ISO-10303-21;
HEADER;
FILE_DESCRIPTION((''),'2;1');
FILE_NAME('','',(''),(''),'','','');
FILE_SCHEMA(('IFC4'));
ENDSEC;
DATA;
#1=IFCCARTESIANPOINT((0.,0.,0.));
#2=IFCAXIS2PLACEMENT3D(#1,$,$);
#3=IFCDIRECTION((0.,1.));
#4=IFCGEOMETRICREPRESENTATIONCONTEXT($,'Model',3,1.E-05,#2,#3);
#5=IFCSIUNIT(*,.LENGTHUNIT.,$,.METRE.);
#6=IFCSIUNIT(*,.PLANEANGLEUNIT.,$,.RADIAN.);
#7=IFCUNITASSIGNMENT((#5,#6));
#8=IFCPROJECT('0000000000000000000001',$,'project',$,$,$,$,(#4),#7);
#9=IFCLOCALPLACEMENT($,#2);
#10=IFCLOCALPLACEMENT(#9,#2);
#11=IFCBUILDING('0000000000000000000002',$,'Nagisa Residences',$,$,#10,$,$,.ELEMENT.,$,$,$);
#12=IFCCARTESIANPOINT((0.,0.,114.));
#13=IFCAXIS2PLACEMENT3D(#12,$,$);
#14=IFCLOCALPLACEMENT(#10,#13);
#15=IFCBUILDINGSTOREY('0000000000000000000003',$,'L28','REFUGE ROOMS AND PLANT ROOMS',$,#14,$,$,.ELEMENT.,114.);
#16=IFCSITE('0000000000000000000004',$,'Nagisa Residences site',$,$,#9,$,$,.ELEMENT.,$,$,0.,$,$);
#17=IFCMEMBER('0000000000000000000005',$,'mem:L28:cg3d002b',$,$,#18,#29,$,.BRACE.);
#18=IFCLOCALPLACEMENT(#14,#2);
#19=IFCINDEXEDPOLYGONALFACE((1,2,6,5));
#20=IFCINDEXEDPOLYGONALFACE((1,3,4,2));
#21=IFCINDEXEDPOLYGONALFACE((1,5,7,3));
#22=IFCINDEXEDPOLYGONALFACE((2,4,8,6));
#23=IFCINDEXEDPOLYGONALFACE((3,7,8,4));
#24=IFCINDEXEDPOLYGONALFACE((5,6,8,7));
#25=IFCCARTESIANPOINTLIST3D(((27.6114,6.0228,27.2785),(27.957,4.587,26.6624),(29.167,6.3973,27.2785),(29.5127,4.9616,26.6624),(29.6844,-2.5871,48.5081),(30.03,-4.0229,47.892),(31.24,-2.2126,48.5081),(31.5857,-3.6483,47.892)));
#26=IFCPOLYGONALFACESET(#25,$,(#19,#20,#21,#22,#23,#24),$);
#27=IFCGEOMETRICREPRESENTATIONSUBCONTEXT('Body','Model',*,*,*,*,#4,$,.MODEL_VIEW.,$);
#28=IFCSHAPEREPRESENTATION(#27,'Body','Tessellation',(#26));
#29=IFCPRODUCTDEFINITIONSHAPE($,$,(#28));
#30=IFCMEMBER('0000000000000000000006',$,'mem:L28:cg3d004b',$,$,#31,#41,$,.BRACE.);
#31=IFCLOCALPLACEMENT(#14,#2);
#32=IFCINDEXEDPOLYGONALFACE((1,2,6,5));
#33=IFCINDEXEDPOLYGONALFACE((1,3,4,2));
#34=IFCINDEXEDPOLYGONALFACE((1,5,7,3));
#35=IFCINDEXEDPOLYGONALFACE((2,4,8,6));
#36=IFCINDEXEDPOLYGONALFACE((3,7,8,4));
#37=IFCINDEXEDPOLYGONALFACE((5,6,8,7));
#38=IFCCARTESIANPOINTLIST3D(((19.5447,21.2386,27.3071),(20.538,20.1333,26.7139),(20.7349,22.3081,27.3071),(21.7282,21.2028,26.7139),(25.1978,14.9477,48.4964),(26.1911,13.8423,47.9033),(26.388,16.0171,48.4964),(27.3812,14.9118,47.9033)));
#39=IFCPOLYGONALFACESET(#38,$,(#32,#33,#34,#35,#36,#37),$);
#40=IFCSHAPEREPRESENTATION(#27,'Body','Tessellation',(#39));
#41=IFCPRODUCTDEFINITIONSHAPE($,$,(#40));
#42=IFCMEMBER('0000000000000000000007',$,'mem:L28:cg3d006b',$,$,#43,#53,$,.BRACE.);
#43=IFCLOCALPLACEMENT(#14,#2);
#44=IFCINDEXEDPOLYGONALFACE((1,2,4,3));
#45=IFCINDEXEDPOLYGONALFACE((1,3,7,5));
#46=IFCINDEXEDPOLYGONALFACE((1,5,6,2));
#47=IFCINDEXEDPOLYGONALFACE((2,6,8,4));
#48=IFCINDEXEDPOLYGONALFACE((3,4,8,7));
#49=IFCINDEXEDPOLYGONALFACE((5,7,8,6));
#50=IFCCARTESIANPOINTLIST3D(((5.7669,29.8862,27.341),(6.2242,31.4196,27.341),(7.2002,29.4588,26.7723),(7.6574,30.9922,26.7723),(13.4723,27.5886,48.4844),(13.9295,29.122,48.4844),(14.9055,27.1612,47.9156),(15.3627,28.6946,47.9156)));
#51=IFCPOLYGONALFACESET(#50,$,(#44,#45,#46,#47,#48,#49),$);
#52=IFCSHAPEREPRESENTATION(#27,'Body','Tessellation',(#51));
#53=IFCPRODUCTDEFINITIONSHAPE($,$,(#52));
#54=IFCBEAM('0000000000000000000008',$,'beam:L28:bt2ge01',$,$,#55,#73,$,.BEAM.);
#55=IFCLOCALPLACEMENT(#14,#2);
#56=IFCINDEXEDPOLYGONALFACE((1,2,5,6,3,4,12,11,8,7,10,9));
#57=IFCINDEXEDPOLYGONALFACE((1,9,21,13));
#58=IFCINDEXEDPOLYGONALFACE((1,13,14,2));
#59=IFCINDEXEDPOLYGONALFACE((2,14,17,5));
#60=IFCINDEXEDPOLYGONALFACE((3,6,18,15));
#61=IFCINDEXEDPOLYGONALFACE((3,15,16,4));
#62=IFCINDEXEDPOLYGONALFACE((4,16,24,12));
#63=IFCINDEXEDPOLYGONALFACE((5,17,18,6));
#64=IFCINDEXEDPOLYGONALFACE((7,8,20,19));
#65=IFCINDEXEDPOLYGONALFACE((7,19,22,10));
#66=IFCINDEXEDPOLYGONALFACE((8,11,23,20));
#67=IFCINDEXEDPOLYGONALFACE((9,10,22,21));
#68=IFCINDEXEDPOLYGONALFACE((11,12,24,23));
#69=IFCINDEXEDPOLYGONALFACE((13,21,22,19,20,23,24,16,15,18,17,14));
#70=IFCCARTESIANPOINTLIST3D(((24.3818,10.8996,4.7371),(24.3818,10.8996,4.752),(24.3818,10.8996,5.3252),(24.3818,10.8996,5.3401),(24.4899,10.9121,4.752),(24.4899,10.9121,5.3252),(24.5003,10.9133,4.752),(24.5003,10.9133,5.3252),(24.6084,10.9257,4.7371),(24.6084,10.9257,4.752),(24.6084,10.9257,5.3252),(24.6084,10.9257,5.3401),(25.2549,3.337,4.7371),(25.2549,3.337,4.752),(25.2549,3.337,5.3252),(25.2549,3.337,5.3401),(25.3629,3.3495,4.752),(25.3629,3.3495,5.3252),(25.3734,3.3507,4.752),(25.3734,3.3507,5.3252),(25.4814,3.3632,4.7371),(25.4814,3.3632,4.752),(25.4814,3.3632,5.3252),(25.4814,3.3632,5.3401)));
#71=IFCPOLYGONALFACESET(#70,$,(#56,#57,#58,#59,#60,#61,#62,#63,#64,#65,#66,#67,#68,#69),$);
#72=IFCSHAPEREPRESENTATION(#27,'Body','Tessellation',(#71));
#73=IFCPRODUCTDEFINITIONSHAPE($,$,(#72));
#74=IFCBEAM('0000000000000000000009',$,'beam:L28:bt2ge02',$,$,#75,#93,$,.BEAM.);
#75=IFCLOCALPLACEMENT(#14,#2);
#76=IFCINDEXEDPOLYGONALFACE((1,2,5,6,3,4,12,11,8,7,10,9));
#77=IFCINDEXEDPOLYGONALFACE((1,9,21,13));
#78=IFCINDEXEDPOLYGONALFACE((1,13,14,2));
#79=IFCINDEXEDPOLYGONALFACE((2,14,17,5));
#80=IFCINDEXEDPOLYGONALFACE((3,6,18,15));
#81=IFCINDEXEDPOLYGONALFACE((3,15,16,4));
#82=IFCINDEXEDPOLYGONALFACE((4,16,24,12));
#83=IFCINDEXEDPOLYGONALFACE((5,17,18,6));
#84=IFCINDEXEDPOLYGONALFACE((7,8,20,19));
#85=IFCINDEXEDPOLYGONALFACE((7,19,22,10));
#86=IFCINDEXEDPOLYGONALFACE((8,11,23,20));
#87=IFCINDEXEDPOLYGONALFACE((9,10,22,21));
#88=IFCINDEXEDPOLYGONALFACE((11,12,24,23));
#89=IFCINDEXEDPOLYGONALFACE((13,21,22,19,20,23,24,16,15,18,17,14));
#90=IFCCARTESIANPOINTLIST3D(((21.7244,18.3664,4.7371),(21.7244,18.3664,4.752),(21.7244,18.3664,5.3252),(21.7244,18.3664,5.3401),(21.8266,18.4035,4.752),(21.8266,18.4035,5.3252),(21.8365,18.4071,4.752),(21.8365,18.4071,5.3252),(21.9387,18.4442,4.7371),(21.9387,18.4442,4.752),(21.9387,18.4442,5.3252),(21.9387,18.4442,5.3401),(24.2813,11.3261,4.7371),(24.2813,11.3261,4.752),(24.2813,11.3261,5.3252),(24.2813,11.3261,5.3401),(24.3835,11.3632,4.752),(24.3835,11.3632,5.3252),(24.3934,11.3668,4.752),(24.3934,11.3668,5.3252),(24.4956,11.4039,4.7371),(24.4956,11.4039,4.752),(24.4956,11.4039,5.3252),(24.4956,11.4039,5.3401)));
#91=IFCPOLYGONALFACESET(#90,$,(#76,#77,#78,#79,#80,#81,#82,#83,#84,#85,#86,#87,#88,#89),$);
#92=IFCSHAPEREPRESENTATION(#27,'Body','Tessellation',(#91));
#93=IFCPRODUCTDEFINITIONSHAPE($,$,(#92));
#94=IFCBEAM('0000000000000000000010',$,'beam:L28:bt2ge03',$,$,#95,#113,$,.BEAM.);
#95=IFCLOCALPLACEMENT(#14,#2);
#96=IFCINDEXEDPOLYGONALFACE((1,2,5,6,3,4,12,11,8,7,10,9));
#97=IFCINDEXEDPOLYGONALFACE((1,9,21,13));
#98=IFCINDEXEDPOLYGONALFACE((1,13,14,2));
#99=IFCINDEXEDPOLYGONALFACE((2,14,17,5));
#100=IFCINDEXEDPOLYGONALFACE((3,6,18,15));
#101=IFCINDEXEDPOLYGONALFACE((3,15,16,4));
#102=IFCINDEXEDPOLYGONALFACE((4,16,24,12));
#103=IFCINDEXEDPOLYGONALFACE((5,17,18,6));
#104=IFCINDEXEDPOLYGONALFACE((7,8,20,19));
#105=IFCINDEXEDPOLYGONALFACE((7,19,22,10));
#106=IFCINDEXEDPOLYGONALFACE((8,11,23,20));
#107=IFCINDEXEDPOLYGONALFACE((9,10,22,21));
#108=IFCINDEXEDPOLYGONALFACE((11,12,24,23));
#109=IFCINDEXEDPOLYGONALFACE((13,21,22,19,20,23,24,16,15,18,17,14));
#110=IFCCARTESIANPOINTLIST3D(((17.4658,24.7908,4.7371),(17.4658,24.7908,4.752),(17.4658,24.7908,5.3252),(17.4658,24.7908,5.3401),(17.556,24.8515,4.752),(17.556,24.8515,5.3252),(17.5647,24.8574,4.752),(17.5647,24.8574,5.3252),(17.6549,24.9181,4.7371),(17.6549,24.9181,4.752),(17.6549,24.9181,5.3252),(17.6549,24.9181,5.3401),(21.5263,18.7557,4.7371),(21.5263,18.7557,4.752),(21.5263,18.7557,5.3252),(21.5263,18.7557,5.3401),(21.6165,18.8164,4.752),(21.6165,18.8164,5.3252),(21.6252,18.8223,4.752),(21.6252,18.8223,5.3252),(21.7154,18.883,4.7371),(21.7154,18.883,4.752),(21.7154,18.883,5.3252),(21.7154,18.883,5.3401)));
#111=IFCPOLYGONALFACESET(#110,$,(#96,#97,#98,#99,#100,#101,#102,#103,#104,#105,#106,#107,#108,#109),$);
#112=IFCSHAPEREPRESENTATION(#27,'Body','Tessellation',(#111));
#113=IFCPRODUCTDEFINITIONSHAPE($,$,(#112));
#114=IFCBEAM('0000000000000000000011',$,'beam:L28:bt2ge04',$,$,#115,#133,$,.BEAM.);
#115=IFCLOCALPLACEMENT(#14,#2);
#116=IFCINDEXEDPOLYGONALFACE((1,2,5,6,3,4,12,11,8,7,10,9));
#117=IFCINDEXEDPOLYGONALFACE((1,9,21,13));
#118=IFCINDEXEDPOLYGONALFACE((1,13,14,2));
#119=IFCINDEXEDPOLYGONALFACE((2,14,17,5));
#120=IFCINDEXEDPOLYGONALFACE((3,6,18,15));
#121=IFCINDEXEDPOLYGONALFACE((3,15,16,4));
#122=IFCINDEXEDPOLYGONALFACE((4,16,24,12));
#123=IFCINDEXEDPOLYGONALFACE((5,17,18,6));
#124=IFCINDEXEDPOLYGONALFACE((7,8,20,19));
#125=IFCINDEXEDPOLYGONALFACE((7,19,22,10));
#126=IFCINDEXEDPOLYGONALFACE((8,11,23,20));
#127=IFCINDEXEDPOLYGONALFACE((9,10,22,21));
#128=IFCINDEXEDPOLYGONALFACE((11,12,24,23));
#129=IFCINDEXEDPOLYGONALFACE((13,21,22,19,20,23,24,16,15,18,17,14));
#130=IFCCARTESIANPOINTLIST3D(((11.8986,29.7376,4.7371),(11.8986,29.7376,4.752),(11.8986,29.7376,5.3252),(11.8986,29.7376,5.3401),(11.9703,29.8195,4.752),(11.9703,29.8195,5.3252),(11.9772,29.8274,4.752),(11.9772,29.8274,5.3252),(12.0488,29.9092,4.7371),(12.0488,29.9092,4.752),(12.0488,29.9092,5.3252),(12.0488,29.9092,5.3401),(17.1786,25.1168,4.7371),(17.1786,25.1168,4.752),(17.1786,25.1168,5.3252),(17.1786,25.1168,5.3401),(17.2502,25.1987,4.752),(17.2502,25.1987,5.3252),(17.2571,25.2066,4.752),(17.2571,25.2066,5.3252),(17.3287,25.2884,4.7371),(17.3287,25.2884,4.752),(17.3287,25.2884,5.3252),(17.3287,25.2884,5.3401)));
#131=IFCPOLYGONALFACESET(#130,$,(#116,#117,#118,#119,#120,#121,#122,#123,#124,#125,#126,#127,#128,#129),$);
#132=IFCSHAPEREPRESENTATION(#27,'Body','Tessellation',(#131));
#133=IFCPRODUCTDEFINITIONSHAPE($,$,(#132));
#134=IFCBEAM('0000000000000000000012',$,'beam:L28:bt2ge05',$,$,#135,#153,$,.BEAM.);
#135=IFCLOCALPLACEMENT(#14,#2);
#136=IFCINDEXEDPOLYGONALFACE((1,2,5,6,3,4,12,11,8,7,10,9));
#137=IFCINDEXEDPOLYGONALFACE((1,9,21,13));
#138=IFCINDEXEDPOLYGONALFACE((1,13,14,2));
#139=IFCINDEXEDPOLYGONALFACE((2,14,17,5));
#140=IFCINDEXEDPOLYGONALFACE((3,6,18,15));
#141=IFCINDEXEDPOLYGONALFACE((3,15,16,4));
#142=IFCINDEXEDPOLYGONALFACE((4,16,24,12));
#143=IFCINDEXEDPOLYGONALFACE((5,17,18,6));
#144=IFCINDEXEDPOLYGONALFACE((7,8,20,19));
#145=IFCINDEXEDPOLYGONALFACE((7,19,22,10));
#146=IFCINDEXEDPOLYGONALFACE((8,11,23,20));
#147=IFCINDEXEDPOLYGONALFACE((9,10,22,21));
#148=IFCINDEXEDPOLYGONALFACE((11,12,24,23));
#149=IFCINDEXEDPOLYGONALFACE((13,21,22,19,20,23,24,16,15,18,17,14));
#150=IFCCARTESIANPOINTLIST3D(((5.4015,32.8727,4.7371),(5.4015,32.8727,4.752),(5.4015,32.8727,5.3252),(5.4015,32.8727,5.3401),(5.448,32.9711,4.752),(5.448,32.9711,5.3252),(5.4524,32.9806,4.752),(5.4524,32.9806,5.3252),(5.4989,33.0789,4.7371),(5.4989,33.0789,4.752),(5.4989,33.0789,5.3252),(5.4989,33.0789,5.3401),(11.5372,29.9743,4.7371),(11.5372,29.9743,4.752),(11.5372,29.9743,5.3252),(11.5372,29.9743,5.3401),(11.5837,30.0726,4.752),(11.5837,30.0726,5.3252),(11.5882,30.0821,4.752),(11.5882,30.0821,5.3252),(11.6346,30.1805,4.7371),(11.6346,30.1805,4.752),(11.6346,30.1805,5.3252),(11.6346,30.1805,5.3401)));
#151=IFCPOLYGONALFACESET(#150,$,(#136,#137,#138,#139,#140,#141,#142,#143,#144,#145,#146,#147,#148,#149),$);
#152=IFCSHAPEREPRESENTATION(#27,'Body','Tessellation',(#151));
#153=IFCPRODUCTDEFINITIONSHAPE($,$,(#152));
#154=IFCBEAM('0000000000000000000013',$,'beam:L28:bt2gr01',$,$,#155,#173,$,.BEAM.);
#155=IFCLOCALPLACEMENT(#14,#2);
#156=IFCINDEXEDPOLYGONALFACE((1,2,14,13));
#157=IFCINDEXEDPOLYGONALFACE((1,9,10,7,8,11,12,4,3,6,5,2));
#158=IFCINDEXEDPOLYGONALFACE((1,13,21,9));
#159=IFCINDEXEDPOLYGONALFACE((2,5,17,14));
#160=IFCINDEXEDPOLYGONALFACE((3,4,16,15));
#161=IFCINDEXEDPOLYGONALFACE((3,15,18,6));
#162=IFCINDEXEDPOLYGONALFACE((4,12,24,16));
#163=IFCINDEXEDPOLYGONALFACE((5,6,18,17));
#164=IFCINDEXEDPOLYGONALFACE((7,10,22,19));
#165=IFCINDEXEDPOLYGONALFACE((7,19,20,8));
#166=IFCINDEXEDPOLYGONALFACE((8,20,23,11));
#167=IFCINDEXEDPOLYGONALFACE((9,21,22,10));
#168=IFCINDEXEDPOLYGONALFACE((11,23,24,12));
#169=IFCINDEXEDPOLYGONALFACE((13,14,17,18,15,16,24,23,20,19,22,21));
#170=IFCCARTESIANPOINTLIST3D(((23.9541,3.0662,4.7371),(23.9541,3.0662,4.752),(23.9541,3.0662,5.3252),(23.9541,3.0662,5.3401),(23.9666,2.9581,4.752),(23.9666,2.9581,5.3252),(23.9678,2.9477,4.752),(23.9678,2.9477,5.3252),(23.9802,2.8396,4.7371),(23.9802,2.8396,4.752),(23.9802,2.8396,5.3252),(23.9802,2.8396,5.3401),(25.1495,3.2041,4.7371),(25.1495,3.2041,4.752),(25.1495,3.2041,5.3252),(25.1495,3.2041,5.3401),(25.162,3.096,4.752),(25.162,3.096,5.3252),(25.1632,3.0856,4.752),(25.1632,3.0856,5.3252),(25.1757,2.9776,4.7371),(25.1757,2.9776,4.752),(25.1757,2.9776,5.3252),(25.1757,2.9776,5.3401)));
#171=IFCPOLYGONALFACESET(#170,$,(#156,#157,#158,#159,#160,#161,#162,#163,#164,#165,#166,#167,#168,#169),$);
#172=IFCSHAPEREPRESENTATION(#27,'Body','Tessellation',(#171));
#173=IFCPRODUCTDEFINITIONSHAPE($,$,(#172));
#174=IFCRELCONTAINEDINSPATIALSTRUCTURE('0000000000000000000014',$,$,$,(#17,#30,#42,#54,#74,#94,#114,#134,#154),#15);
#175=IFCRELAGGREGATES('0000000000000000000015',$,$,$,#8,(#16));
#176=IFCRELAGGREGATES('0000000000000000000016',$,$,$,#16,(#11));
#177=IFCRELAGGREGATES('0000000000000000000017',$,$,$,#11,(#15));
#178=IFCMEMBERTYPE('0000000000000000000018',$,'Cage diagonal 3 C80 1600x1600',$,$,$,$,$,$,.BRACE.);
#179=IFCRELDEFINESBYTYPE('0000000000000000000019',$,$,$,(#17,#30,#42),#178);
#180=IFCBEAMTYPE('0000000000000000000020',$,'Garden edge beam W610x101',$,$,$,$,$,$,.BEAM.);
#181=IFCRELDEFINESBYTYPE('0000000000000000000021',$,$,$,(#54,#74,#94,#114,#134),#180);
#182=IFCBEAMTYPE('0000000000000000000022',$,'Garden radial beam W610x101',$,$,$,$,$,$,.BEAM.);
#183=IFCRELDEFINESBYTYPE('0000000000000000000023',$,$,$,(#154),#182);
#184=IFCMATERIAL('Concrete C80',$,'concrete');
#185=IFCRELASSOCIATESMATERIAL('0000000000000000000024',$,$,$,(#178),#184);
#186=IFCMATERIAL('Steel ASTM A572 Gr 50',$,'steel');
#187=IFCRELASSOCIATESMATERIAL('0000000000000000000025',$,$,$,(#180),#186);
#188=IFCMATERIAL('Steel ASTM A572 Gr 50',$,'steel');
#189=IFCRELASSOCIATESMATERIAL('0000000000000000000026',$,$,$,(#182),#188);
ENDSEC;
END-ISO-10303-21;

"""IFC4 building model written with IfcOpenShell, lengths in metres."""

from ifc_helpers import new_model, si_unit, direction, frame, origin, origin_2d, place, context, subcontext, project, spatial, rectangle, i_section, extrude, material, material_profile, profile_set, type_object, element, save


model = new_model("IFC4")

# Units and contexts
model_context = context("Model", 3, precision=1e-05, world=origin(), true_north=direction((0.0, 1.0)))
body_context = subcontext(model_context, "Body", "Model", "MODEL_VIEW")
ifc_project = project(units=[si_unit("LENGTHUNIT", "METRE"), si_unit("PLANEANGLEUNIT", "RADIAN")], contexts=[model_context])

# Site, building, storey
site_placement = place(None, origin())
site = spatial("IfcSite", under=ifc_project, at=site_placement, Name="Nagisa Residences site", CompositionType="ELEMENT", RefElevation=0.0)
building_placement = place(site_placement, origin())
building = spatial("IfcBuilding", under=site, at=building_placement, Name="Nagisa Residences", CompositionType="ELEMENT")
storey_placement = place(building_placement, frame((0.0, 0.0, 114.0)))
storey = spatial("IfcBuildingStorey", under=building, at=storey_placement, Name="L28", Description="REFUGE ROOMS AND PLANT ROOMS", CompositionType="ELEMENT", Elevation=114.0)

# Members
ifc_material_1 = material(Name="Concrete C80", Category="concrete")
ifc_material_profile_1 = material_profile(ifc_material_1, rectangle(XDim=1.6001, YDim=1.6001, at=origin_2d()), Name="C80 1600x1600")
ifc_profile_set_1 = profile_set([ifc_material_profile_1], Name="Concrete C80")
member_type = type_object("IfcMemberType", Name="Cage diagonal 3 C80 1600x1600", PredefinedType="BRACE", material=ifc_profile_set_1)
member_1_placement = place(storey_placement, frame((28.562, 5.4922, 26.9705), z_axis=(0.09012, -0.3743, 0.922918), x_axis=(0.972217, 0.234081, 0.0)))
element("IfcMember", 1, at=member_1_placement, inside=storey, type_object=member_type, Name="mem:L28:cg3d002b", PredefinedType="BRACE", context=body_context, shape_type="SweptSolid", body=[
    extrude(rectangle(XDim=1.6001, YDim=1.6001, at=origin_2d()), origin(), (0.0, 0.0, 1.0), 23.0027),
])
member_2_placement = place(storey_placement, frame((20.6365, 21.2207, 27.0105), z_axis=(0.247778, -0.27574, 0.928748), x_axis=(0.743814, 0.668387, 0.0)))
element("IfcMember", 2, at=member_2_placement, inside=storey, type_object=member_type, Name="mem:L28:cg3d004b", PredefinedType="BRACE", context=body_context, shape_type="SweptSolid", body=[
    extrude(rectangle(XDim=1.6001, YDim=1.6001, at=origin_2d()), origin(), (0.0, 0.0, 1.0), 22.8149),
])
member_3_placement = place(storey_placement, frame((6.7122, 30.4392, 27.0566), z_axis=(0.340633, -0.101572, 0.934694), x_axis=(0.285751, 0.958304, 0.0)))
element("IfcMember", 3, at=member_3_placement, inside=storey, type_object=member_type, Name="mem:L28:cg3d006b", PredefinedType="BRACE", context=body_context, shape_type="SweptSolid", body=[
    extrude(rectangle(XDim=1.6001, YDim=1.6001, at=origin_2d()), origin(), (0.0, 0.0, 1.0), 22.6206),
])

# Beams
ifc_material_2 = material(Name="Steel ASTM A572 Gr 50", Category="steel")
ifc_material_profile_2 = material_profile(ifc_material_2, i_section(OverallWidth=0.228, OverallDepth=0.603, WebThickness=0.0105, FlangeThickness=0.0149, at=origin_2d()), Name="W610x101")
ifc_profile_set_2 = profile_set([ifc_material_profile_2], Name="Steel ASTM A572 Gr 50")
beam_type_1 = type_object("IfcBeamType", Name="Garden edge beam W610x101", PredefinedType="BEAM", material=ifc_profile_set_2)
beam_1_placement = place(storey_placement, frame((25.3682, 3.3501, 5.0386), z_axis=(-0.114683, 0.993402, 0.0), x_axis=(-0.993402, -0.114683, 0.0)))
element("IfcBeam", 4, at=beam_1_placement, inside=storey, type_object=beam_type_1, Name="beam:L28:bt2ge01", PredefinedType="BEAM", context=body_context, shape_type="SweptSolid", body=[
    extrude(i_section(OverallWidth=0.228, OverallDepth=0.603, WebThickness=0.0105, FlangeThickness=0.0149, at=origin_2d()), origin(), (0.0, 0.0, 1.0), 7.6128),
])
beam_2_placement = place(storey_placement, frame((24.3884, 11.365, 5.0386), z_axis=(-0.341364, 0.939931, 0.0), x_axis=(-0.939931, -0.341364, 0.0)))
element("IfcBeam", 5, at=beam_2_placement, inside=storey, type_object=beam_type_1, Name="beam:L28:bt2ge02", PredefinedType="BEAM", context=body_context, shape_type="SweptSolid", body=[
    extrude(i_section(OverallWidth=0.228, OverallDepth=0.603, WebThickness=0.0105, FlangeThickness=0.0149, at=origin_2d()), origin(), (0.0, 0.0, 1.0), 7.4902),
])
beam_3_placement = place(storey_placement, frame((21.6208, 18.8193, 5.0386), z_axis=(-0.558227, 0.829688, 0.0), x_axis=(-0.829688, -0.558227, 0.0)))
element("IfcBeam", 6, at=beam_3_placement, inside=storey, type_object=beam_type_1, Name="beam:L28:bt2ge03", PredefinedType="BEAM", context=body_context, shape_type="SweptSolid", body=[
    extrude(i_section(OverallWidth=0.228, OverallDepth=0.603, WebThickness=0.0105, FlangeThickness=0.0149, at=origin_2d()), origin(), (0.0, 0.0, 1.0), 7.2739),
])
beam_4_placement = place(storey_placement, frame((17.2537, 25.2026, 5.0386), z_axis=(-0.752518, 0.658571, 0.0), x_axis=(-0.658571, -0.752518, 0.0)))
element("IfcBeam", 7, at=beam_4_placement, inside=storey, type_object=beam_type_1, Name="beam:L28:bt2ge04", PredefinedType="BEAM", context=body_context, shape_type="SweptSolid", body=[
    extrude(i_section(OverallWidth=0.228, OverallDepth=0.603, WebThickness=0.0105, FlangeThickness=0.0149, at=origin_2d()), origin(), (0.0, 0.0, 1.0), 7.0164),
])
beam_5_placement = place(storey_placement, frame((11.5859, 30.0774, 5.0386), z_axis=(-0.904192, 0.427127, 0.0), x_axis=(-0.427127, -0.904192, 0.0)))
element("IfcBeam", 8, at=beam_5_placement, inside=storey, type_object=beam_type_1, Name="beam:L28:bt2ge05", PredefinedType="BEAM", context=body_context, shape_type="SweptSolid", body=[
    extrude(i_section(OverallWidth=0.228, OverallDepth=0.603, WebThickness=0.0105, FlangeThickness=0.0149, at=origin_2d()), origin(), (0.0, 0.0, 1.0), 6.7859),
])
ifc_material_3 = material(Name="Steel ASTM A572 Gr 50", Category="steel")
ifc_material_profile_3 = material_profile(ifc_material_3, i_section(OverallWidth=0.228, OverallDepth=0.603, WebThickness=0.0105, FlangeThickness=0.0149, at=origin_2d()), Name="W610x101")
ifc_profile_set_3 = profile_set([ifc_material_profile_3], Name="Steel ASTM A572 Gr 50")
beam_type_2 = type_object("IfcBeamType", Name="Garden radial beam W610x101", PredefinedType="BEAM", material=ifc_profile_set_3)
beam_6_placement = place(storey_placement, frame((25.1626, 3.0908, 5.0386), z_axis=(-0.99341, -0.114616, 0.0), x_axis=(0.114616, -0.99341, 0.0)))
element("IfcBeam", 9, at=beam_6_placement, inside=storey, type_object=beam_type_2, Name="beam:L28:bt2gr01", PredefinedType="BEAM", context=body_context, shape_type="SweptSolid", body=[
    extrude(i_section(OverallWidth=0.228, OverallDepth=0.603, WebThickness=0.0105, FlangeThickness=0.0149, at=origin_2d()), origin(), (0.0, 0.0, 1.0), 1.2034),
])

save(model, "model.ifc")
